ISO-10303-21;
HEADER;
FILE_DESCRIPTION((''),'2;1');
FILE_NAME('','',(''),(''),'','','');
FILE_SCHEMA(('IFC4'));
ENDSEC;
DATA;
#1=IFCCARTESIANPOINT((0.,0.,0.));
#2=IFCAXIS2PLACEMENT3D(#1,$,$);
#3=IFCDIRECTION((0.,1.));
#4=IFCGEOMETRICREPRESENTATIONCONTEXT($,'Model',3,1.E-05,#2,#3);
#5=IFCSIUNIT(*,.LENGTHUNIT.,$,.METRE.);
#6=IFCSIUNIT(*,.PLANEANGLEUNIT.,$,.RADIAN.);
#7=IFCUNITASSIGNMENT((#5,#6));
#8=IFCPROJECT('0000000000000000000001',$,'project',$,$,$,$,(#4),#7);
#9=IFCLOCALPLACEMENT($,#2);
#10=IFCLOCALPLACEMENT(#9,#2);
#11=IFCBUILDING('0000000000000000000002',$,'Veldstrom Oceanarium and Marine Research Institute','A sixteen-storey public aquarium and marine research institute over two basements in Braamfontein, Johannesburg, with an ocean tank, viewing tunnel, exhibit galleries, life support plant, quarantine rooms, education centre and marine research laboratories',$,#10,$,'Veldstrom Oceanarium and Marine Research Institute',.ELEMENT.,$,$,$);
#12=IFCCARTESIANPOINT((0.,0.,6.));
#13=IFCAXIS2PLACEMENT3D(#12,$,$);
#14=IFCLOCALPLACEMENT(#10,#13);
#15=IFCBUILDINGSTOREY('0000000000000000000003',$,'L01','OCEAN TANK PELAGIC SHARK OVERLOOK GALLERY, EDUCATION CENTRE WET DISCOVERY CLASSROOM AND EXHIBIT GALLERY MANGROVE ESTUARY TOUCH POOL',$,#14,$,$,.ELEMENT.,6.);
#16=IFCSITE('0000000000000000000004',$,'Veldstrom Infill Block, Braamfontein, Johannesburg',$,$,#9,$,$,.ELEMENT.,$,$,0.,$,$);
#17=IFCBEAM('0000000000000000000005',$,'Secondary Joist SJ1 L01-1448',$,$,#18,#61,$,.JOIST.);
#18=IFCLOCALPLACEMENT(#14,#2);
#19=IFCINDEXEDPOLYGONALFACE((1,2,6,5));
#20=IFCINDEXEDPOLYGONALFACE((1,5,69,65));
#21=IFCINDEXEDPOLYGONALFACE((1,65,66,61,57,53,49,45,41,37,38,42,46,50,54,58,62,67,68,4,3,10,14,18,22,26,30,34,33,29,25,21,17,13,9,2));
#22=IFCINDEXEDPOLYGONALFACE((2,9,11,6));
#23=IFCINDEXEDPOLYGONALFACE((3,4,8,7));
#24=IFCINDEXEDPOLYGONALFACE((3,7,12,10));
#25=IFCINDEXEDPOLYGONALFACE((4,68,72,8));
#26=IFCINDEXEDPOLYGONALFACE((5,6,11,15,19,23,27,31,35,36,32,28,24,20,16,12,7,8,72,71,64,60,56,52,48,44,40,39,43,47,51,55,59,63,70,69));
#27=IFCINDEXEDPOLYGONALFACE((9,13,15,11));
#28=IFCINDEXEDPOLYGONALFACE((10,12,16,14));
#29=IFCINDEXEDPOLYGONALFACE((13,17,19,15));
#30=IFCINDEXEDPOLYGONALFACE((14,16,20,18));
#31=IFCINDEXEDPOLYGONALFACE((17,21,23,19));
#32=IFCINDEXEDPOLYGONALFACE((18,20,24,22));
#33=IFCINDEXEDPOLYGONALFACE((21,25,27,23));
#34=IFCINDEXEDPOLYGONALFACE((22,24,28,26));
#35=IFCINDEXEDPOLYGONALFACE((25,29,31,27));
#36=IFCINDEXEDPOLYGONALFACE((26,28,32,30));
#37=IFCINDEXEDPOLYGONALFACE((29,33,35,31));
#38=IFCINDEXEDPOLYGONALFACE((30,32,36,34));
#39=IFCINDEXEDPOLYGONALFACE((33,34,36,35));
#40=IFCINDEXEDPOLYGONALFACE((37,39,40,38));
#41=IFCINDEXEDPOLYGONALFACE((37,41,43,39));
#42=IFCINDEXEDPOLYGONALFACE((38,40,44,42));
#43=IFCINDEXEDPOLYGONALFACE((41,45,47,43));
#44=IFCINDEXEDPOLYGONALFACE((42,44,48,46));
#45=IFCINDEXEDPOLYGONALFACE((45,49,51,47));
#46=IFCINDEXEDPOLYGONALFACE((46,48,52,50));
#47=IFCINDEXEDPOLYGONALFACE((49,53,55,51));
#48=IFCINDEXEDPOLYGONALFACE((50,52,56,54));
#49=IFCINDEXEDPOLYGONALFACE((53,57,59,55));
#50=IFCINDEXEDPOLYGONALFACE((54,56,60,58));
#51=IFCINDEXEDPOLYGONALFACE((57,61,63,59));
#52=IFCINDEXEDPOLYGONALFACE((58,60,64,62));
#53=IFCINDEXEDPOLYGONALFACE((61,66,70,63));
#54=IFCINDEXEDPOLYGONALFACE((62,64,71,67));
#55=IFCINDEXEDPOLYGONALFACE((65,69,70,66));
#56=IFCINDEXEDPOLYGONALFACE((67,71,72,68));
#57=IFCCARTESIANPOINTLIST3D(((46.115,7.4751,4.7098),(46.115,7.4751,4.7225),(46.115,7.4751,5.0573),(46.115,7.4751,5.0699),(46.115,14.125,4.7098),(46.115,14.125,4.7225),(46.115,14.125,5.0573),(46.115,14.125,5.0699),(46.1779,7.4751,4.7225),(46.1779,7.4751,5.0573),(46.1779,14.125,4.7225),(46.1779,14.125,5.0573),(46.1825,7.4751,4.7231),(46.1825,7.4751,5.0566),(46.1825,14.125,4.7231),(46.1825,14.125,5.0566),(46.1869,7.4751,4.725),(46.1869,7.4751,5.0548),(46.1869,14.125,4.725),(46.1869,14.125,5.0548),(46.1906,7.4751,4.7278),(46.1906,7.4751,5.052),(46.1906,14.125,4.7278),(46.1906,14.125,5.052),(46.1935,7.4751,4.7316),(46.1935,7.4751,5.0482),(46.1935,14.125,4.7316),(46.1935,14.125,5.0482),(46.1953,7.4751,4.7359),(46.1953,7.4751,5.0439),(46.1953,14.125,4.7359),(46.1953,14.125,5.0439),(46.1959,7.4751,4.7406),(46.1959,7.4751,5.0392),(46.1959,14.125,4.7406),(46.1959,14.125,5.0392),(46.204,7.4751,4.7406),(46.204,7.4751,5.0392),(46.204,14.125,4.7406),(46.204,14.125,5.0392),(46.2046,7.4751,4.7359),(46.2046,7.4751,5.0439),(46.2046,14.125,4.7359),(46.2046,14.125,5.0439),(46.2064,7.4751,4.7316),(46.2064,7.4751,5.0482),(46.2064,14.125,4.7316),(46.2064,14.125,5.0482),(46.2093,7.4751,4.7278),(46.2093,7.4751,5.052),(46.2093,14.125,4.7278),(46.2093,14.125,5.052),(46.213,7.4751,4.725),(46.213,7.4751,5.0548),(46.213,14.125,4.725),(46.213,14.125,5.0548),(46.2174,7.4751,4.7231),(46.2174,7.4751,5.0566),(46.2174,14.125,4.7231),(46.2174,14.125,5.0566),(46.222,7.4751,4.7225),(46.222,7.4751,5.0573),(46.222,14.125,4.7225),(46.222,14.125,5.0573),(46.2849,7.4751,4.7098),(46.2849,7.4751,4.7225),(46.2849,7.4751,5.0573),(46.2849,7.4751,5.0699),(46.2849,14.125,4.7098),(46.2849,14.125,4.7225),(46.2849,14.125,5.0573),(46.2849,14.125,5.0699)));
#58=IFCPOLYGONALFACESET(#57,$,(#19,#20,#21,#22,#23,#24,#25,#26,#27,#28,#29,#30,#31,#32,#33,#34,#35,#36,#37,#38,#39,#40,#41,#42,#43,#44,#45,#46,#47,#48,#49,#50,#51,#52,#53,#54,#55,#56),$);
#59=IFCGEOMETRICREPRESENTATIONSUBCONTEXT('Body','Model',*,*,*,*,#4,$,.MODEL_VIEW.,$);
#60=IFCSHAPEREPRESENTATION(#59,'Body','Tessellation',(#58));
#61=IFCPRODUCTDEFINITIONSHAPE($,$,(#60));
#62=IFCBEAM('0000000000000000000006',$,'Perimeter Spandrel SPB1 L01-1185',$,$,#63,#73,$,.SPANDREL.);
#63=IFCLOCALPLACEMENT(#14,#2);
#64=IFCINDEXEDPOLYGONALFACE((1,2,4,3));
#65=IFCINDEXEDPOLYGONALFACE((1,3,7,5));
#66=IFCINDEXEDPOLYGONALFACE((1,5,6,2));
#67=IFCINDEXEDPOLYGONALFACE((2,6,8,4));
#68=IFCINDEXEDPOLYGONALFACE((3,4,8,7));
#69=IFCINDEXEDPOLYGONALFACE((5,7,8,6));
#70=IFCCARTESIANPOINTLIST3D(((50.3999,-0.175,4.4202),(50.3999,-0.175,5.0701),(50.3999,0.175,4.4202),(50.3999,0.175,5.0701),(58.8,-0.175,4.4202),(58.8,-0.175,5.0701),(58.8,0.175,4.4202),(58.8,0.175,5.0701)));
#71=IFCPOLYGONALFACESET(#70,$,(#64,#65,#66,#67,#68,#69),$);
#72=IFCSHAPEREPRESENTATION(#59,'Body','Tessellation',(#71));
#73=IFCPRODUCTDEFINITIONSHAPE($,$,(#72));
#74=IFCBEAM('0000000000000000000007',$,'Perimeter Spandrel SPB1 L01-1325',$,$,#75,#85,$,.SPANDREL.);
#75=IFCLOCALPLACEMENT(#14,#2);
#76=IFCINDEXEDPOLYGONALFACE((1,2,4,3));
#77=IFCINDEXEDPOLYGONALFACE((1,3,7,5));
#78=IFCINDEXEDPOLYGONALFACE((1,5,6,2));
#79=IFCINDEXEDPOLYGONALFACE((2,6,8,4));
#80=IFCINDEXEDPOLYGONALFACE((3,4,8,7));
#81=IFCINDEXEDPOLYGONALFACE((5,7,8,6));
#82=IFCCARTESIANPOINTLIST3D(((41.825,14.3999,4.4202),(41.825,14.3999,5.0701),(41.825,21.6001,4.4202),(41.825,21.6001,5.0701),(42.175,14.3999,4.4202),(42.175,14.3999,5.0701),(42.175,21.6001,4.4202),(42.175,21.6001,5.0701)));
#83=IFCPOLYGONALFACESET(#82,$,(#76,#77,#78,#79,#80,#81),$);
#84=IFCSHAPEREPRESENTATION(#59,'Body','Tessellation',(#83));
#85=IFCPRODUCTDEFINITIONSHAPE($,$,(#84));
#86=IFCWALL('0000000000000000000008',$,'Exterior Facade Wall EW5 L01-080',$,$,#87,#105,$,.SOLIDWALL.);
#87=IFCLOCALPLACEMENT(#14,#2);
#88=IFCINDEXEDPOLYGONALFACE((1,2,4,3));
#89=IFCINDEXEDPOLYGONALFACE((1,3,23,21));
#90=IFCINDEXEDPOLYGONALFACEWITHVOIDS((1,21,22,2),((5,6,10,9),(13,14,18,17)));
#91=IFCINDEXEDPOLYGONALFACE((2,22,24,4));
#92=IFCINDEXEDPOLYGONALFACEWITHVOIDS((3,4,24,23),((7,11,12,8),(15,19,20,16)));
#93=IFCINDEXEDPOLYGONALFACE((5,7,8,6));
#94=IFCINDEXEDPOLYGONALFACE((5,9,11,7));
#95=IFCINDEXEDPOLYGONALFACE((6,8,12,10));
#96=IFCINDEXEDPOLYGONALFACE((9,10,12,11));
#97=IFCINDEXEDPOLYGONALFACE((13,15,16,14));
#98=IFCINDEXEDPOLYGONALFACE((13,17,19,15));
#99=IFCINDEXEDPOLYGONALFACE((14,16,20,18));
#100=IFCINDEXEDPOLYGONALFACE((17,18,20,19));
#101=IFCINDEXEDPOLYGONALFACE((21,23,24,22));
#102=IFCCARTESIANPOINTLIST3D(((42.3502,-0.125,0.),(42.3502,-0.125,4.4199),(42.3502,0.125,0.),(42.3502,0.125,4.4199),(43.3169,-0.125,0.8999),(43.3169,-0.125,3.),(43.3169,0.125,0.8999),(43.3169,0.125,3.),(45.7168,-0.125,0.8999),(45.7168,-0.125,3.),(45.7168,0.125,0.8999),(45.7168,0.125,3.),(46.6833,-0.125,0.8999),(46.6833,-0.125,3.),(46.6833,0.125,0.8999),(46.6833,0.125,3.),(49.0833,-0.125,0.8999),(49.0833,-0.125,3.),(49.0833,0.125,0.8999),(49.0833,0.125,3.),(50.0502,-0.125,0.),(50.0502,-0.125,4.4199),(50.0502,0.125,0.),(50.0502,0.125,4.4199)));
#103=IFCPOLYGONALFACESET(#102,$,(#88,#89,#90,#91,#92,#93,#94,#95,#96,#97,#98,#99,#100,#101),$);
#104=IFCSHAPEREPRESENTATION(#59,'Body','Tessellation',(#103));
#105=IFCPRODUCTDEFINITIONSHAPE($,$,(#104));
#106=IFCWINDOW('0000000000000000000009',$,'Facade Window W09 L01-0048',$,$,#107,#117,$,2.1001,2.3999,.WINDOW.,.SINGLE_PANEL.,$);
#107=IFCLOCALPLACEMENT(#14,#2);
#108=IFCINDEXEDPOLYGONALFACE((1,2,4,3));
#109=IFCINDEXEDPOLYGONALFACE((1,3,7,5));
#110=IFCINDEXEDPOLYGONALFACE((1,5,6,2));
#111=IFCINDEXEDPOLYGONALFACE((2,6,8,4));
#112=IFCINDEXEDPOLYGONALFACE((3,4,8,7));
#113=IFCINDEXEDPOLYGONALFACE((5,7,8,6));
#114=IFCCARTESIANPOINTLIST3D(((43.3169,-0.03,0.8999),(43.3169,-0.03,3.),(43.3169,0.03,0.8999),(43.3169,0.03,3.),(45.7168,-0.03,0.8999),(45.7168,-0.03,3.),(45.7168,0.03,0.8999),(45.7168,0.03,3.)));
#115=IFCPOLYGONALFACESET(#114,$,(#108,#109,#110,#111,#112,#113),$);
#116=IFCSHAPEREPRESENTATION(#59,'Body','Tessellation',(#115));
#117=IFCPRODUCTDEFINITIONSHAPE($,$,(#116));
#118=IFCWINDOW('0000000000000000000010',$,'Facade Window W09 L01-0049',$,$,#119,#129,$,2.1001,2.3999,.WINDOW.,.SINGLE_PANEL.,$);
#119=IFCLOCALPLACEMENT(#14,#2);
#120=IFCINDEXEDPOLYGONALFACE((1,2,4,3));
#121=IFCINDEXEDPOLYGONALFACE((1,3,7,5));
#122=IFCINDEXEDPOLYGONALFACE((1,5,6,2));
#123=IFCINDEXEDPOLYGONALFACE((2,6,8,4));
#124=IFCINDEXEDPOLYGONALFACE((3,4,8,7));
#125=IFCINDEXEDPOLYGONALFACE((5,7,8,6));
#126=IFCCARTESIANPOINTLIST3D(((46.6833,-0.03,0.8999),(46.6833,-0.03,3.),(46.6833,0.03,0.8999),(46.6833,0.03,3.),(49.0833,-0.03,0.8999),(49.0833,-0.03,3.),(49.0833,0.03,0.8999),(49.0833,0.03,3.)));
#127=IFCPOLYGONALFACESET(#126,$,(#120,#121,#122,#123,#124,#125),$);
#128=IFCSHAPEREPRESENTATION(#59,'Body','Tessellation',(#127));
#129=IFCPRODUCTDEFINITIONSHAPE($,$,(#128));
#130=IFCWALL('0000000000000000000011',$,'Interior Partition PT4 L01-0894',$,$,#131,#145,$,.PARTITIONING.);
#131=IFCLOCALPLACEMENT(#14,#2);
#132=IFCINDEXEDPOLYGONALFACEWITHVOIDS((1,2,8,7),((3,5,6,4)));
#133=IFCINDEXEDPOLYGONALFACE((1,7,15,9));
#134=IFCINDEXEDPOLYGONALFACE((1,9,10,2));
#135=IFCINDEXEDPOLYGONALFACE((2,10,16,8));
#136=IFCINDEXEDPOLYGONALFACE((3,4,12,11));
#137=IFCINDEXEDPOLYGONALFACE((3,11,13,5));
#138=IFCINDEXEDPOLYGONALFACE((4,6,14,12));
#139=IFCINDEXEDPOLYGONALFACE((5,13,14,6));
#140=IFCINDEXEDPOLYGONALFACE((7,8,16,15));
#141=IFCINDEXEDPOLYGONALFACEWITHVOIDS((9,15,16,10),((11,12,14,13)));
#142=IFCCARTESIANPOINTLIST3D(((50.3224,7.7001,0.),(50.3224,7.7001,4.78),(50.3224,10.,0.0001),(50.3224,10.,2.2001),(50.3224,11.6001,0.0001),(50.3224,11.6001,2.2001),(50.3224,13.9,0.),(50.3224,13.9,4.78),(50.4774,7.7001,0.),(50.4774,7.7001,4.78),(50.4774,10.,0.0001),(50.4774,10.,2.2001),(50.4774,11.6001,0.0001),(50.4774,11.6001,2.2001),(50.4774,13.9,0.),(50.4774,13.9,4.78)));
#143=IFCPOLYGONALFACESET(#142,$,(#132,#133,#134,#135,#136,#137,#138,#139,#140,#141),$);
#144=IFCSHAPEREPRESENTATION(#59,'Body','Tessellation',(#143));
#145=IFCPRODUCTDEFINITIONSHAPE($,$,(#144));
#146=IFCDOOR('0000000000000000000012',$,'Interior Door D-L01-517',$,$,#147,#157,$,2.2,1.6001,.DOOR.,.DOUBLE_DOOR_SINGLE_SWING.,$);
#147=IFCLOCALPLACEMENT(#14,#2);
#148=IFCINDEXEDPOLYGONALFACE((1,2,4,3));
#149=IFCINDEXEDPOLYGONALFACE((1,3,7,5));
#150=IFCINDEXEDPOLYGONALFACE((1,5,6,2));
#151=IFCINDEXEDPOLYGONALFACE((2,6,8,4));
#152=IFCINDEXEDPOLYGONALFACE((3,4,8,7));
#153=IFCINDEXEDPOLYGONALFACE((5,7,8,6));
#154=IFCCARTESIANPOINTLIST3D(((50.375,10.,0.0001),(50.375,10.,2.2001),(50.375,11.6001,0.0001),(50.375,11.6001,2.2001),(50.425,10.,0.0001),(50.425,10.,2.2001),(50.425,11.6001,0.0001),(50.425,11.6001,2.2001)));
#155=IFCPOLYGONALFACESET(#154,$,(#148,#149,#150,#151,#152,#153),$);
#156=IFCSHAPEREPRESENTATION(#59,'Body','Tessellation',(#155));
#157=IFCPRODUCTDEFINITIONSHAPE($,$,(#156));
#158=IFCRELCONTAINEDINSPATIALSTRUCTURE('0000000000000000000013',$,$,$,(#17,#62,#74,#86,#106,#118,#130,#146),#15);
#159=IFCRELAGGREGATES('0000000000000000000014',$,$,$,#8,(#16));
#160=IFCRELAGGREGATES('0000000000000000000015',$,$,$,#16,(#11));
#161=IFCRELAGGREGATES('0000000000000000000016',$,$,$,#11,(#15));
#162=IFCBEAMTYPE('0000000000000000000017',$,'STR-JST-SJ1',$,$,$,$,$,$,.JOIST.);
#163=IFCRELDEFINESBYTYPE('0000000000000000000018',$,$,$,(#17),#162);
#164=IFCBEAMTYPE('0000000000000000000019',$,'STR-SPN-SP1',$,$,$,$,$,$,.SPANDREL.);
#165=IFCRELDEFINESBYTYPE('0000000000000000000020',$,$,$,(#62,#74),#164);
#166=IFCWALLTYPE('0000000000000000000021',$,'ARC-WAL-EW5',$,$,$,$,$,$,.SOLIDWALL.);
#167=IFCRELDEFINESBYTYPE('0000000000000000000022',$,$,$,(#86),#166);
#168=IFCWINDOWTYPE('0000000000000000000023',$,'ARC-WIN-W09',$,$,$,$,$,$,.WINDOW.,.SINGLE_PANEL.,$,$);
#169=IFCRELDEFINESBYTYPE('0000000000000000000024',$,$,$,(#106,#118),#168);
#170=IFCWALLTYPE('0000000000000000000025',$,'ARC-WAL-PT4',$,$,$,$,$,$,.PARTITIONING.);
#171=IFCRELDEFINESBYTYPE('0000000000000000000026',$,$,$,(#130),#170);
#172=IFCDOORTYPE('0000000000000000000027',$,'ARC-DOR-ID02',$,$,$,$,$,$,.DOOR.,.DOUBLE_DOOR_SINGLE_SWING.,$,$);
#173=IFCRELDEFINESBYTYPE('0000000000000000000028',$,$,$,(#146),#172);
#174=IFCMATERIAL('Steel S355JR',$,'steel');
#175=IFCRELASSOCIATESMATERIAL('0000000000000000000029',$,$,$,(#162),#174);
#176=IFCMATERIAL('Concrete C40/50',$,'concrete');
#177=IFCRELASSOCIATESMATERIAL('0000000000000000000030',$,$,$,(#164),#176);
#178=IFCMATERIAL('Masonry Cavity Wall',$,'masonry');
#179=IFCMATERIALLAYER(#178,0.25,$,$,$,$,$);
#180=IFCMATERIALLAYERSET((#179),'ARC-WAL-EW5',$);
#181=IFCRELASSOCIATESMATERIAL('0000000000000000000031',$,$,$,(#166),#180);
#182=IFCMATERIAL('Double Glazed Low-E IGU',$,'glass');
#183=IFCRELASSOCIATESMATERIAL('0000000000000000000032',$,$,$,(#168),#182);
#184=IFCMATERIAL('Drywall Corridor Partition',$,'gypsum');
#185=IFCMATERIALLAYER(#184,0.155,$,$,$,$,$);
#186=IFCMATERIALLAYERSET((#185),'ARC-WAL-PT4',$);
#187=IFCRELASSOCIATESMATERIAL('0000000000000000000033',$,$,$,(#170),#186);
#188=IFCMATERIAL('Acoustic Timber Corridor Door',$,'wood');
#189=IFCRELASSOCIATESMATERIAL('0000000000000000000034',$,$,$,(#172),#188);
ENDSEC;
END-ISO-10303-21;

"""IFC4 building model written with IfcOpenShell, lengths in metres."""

from ifc_helpers import new_model, si_unit, direction, frame, frame_2d, origin, origin_2d, place, context, subcontext, project, spatial, rectangle, i_section, extrude, material, layer, layer_set, material_profile, profile_set, type_object, element, fill, save


model = new_model("IFC4")

# Units and contexts
model_context = context("Model", 3, precision=1e-05, world=origin(), true_north=direction((0.0, 1.0)))
body_context = subcontext(model_context, "Body", "Model", "MODEL_VIEW")
ifc_project = project(units=[si_unit("LENGTHUNIT", "METRE"), si_unit("PLANEANGLEUNIT", "RADIAN")], contexts=[model_context])

# Site, building, storey
site_placement = place(None, origin())
site = spatial("IfcSite", under=ifc_project, at=site_placement, Name="Veldstrom Infill Block, Braamfontein, Johannesburg", CompositionType="ELEMENT", RefElevation=0.0)
building_placement = place(site_placement, origin())
building = spatial("IfcBuilding", under=site, at=building_placement, Name="Veldstrom Oceanarium and Marine Research Institute", Description="A sixteen-storey public aquarium and marine research institute over two basements in Braamfontein, Johannesburg, with an ocean tank, viewing tunnel, exhibit galleries, life support plant, quarantine rooms, education centre and marine research laboratories", LongName="Veldstrom Oceanarium and Marine Research Institute", CompositionType="ELEMENT")
storey_placement = place(building_placement, frame((0.0, 0.0, 6.0)))
storey = spatial("IfcBuildingStorey", under=building, at=storey_placement, Name="L01", Description="OCEAN TANK PELAGIC SHARK OVERLOOK GALLERY, EDUCATION CENTRE WET DISCOVERY CLASSROOM AND EXHIBIT GALLERY MANGROVE ESTUARY TOUCH POOL", CompositionType="ELEMENT", Elevation=6.0)

# Beams
ifc_material_1 = material(Name="Steel S355JR", Category="steel")
ifc_material_profile_1 = material_profile(ifc_material_1, i_section(OverallWidth=0.1699, OverallDepth=0.3601, WebThickness=0.0081, FlangeThickness=0.0127, FilletRadius=0.0181, at=origin_2d()), Name="IPE 360")
ifc_profile_set_1 = profile_set([ifc_material_profile_1], Name="Steel S355JR")
beam_type_1 = type_object("IfcBeamType", Name="STR-JST-SJ1", PredefinedType="JOIST", material=ifc_profile_set_1)
beam_1_placement = place(storey_placement, frame((46.2, 7.4751, 4.8899), z_axis=(0.0, 1.0, 0.0), x_axis=(-1.0, 0.0, 0.0)))
element("IfcBeam", 1, at=beam_1_placement, inside=storey, type_object=beam_type_1, Name="Secondary Joist SJ1 L01-1448", PredefinedType="JOIST", context=body_context, shape_type="SweptSolid", body=[
    extrude(i_section(OverallWidth=0.1699, OverallDepth=0.3601, WebThickness=0.0081, FlangeThickness=0.0127, FilletRadius=0.0181, at=origin_2d()), origin(), (0.0, 0.0, 1.0), 6.6499),
])
ifc_material_2 = material(Name="Concrete C40/50", Category="concrete")
ifc_material_profile_2 = material_profile(ifc_material_2, rectangle(XDim=0.3501, YDim=0.6499, at=origin_2d()), Name="RC-SPN-350x650")
ifc_profile_set_2 = profile_set([ifc_material_profile_2], Name="Concrete C40/50")
beam_type_2 = type_object("IfcBeamType", Name="STR-SPN-SP1", PredefinedType="SPANDREL", material=ifc_profile_set_2)
beam_2_placement = place(storey_placement, frame((50.3999, 0.0, 4.7451), z_axis=(1.0, 0.0, 0.0), x_axis=(0.0, 1.0, 0.0)))
element("IfcBeam", 2, at=beam_2_placement, inside=storey, type_object=beam_type_2, Name="Perimeter Spandrel SPB1 L01-1185", PredefinedType="SPANDREL", context=body_context, shape_type="SweptSolid", body=[
    extrude(rectangle(XDim=0.3501, YDim=0.6499, at=origin_2d()), origin(), (0.0, 0.0, 1.0), 8.4001),
])
beam_3_placement = place(storey_placement, frame((42.0, 14.3999, 4.7451), z_axis=(0.0, 1.0, 0.0), x_axis=(-1.0, 0.0, 0.0)))
element("IfcBeam", 3, at=beam_3_placement, inside=storey, type_object=beam_type_2, Name="Perimeter Spandrel SPB1 L01-1325", PredefinedType="SPANDREL", context=body_context, shape_type="SweptSolid", body=[
    extrude(rectangle(XDim=0.3501, YDim=0.6499, at=origin_2d()), origin(), (0.0, 0.0, 1.0), 7.2002),
])

# Wall, openings, windows
ifc_material_3 = material(Name="Masonry Cavity Wall", Category="masonry")
ifc_layer_1 = layer(ifc_material_3, 0.25)
ifc_layer_set_1 = layer_set([ifc_layer_1], Name="ARC-WAL-EW5")
wall_type_1 = type_object("IfcWallType", Name="ARC-WAL-EW5", PredefinedType="SOLIDWALL", material=ifc_layer_set_1)
wall_1_placement = place(storey_placement, frame((42.3501, 0.0, 0.0), z_axis=(0.0, 0.0, 1.0), x_axis=(1.0, 0.0, 0.0)))
wall_1 = element("IfcWall", 4, at=wall_1_placement, inside=storey, type_object=wall_type_1, Name="Exterior Facade Wall EW5 L01-080", PredefinedType="SOLIDWALL", context=body_context, shape_type="SweptSolid", body=[
    extrude(rectangle(XDim=7.7, YDim=0.25, at=frame_2d((3.8501, 0.0))), origin(), (0.0, 0.0, 1.0), 4.4199),
])
opening_1_placement = place(wall_1_placement, frame((0.9668, 0.0, 0.8999)))
opening_1 = element("IfcOpeningElement", 5, at=opening_1_placement, cuts=wall_1, PredefinedType="OPENING", context=body_context, shape_type="SweptSolid", body=[
    extrude(rectangle(XDim=2.3999, YDim=2.1001, at=frame_2d((1.2, 1.05))), frame((0.0, 0.135, 0.0), z_axis=(0.0, -1.0, 0.0), x_axis=(1.0, 0.0, 0.0)), (0.0, 0.0, 1.0), 0.27),
])
opening_2_placement = place(wall_1_placement, frame((4.3333, 0.0, 0.8999)))
opening_2 = element("IfcOpeningElement", 6, at=opening_2_placement, cuts=wall_1, PredefinedType="OPENING", context=body_context, shape_type="SweptSolid", body=[
    extrude(rectangle(XDim=2.3999, YDim=2.1001, at=frame_2d((1.2, 1.05))), frame((0.0, 0.135, 0.0), z_axis=(0.0, -1.0, 0.0), x_axis=(1.0, 0.0, 0.0)), (0.0, 0.0, 1.0), 0.27),
])
ifc_material_4 = material(Name="Double Glazed Low-E IGU", Category="glass")
window_type = type_object("IfcWindowType", Name="ARC-WIN-W09", PartitioningType="SINGLE_PANEL", PredefinedType="WINDOW", material=ifc_material_4)
window_1_placement = place(opening_1_placement, origin())
window_1 = element("IfcWindow", 7, at=window_1_placement, inside=storey, type_object=window_type, Name="Facade Window W09 L01-0048", OverallHeight=2.1001, OverallWidth=2.3999, PartitioningType="SINGLE_PANEL", PredefinedType="WINDOW", context=body_context, shape_type="SweptSolid", body=[
    extrude(rectangle(XDim=2.3999, YDim=2.1001, at=frame_2d((1.2, 1.05))), frame((0.0, 0.03, 0.0), z_axis=(0.0, -1.0, 0.0), x_axis=(1.0, 0.0, 0.0)), (0.0, 0.0, 1.0), 0.0601),
])
fill(opening_1, window_1)
window_2_placement = place(opening_2_placement, origin())
window_2 = element("IfcWindow", 8, at=window_2_placement, inside=storey, type_object=window_type, Name="Facade Window W09 L01-0049", OverallHeight=2.1001, OverallWidth=2.3999, PartitioningType="SINGLE_PANEL", PredefinedType="WINDOW", context=body_context, shape_type="SweptSolid", body=[
    extrude(rectangle(XDim=2.3999, YDim=2.1001, at=frame_2d((1.2, 1.05))), frame((0.0, 0.03, 0.0), z_axis=(0.0, -1.0, 0.0), x_axis=(1.0, 0.0, 0.0)), (0.0, 0.0, 1.0), 0.0601),
])
fill(opening_2, window_2)

# Wall, opening, door
ifc_material_5 = material(Name="Drywall Corridor Partition", Category="gypsum")
ifc_layer_2 = layer(ifc_material_5, 0.155)
ifc_layer_set_2 = layer_set([ifc_layer_2], Name="ARC-WAL-PT4")
wall_type_2 = type_object("IfcWallType", Name="ARC-WAL-PT4", PredefinedType="PARTITIONING", material=ifc_layer_set_2)
wall_2_placement = place(storey_placement, frame((50.3999, 7.7, 0.0), z_axis=(0.0, 0.0, 1.0), x_axis=(0.0, 1.0, 0.0)))
wall_2 = element("IfcWall", 9, at=wall_2_placement, inside=storey, type_object=wall_type_2, Name="Interior Partition PT4 L01-0894", PredefinedType="PARTITIONING", context=body_context, shape_type="SweptSolid", body=[
    extrude(rectangle(XDim=6.2, YDim=0.155, at=frame_2d((3.1001, 0.0))), origin(), (0.0, 0.0, 1.0), 4.78),
])
opening_3_placement = place(wall_2_placement, frame((2.3, 0.0, 0.0)))
opening_3 = element("IfcOpeningElement", 10, at=opening_3_placement, cuts=wall_2, PredefinedType="OPENING", context=body_context, shape_type="SweptSolid", body=[
    extrude(rectangle(XDim=1.6001, YDim=2.2, at=frame_2d((0.8, 1.1001))), frame((0.0, 0.0874, 0.0), z_axis=(0.0, -1.0, 0.0), x_axis=(1.0, 0.0, 0.0)), (0.0, 0.0, 1.0), 0.175),
])
ifc_material_6 = material(Name="Acoustic Timber Corridor Door", Category="wood")
door_type_1 = type_object("IfcDoorType", Name="ARC-DOR-ID02", OperationType="DOUBLE_DOOR_SINGLE_SWING", PredefinedType="DOOR", material=ifc_material_6)
door_1_placement = place(opening_3_placement, origin())
door_1 = element("IfcDoor", 11, at=door_1_placement, inside=storey, type_object=door_type_1, Name="Interior Door D-L01-517", OperationType="DOUBLE_DOOR_SINGLE_SWING", OverallHeight=2.2, OverallWidth=1.6001, PredefinedType="DOOR", context=body_context, shape_type="SweptSolid", body=[
    extrude(rectangle(XDim=1.6001, YDim=2.2, at=frame_2d((0.8, 1.1001))), frame((0.0, 0.0249, 0.0), z_axis=(0.0, -1.0, 0.0), x_axis=(1.0, 0.0, 0.0)), (0.0, 0.0, 1.0), 0.05),
])
fill(opening_3, door_1)

save(model, "model.ifc")
